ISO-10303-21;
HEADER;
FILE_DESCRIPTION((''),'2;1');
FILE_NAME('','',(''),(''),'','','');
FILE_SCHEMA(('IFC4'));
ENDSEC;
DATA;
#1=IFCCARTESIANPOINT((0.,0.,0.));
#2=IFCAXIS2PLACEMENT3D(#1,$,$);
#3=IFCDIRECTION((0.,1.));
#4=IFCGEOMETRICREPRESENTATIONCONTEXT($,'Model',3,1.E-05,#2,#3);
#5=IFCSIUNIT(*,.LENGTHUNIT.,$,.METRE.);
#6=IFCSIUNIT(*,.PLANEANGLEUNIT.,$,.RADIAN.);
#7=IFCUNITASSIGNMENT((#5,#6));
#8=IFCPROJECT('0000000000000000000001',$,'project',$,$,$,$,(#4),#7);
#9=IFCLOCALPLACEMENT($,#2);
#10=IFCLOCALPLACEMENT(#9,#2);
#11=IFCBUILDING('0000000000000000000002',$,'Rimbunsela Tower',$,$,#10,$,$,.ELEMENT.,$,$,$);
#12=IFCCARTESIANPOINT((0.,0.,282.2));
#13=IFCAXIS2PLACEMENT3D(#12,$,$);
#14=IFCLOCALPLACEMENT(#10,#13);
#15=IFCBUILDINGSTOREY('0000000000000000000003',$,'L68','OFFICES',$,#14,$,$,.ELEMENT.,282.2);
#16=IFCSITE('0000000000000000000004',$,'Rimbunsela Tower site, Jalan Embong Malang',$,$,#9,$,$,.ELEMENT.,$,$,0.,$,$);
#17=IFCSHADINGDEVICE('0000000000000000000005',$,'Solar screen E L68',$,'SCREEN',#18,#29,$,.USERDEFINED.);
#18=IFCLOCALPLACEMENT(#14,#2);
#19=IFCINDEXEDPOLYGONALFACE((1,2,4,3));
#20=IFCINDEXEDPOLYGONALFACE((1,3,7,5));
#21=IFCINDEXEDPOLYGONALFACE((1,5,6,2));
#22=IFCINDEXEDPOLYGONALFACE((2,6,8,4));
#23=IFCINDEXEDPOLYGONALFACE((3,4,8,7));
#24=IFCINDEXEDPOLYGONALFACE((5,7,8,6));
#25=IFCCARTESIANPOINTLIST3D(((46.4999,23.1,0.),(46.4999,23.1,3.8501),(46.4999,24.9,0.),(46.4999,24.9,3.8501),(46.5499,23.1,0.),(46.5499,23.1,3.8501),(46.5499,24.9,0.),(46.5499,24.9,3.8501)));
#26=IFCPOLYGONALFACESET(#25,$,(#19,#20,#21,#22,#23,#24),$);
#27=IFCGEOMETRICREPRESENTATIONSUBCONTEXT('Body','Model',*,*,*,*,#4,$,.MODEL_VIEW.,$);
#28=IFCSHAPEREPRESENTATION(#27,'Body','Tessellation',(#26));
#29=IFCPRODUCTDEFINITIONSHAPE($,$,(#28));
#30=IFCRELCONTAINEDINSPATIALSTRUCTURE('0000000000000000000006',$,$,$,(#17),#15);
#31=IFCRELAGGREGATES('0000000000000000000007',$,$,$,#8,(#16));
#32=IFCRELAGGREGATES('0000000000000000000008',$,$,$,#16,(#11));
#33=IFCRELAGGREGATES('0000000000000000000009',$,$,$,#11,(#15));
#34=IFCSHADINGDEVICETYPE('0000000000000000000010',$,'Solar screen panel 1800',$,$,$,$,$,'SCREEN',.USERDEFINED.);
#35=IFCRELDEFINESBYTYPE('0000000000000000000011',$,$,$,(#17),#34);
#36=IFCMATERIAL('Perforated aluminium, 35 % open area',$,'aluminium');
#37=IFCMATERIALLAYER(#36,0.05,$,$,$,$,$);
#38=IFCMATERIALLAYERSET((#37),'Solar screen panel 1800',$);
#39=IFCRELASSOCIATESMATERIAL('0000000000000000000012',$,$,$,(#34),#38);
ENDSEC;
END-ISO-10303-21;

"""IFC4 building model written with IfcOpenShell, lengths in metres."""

from ifc_helpers import new_model, si_unit, direction, frame, origin, origin_2d, place, context, subcontext, project, spatial, rectangle, extrude, material, layer, layer_set, type_object, element, save


model = new_model("IFC4")

# Units and contexts
model_context = context("Model", 3, precision=1e-05, world=origin(), true_north=direction((0.0, 1.0)))
body_context = subcontext(model_context, "Body", "Model", "MODEL_VIEW")
ifc_project = project(units=[si_unit("LENGTHUNIT", "METRE"), si_unit("PLANEANGLEUNIT", "RADIAN")], contexts=[model_context])

# Site, building, storey
site_placement = place(None, origin())
site = spatial("IfcSite", under=ifc_project, at=site_placement, Name="Rimbunsela Tower site, Jalan Embong Malang", CompositionType="ELEMENT", RefElevation=0.0)
building_placement = place(site_placement, origin())
building = spatial("IfcBuilding", under=site, at=building_placement, Name="Rimbunsela Tower", CompositionType="ELEMENT")
storey_placement = place(building_placement, frame((0.0, 0.0, 282.2)))
storey = spatial("IfcBuildingStorey", under=building, at=storey_placement, Name="L68", Description="OFFICES", CompositionType="ELEMENT", Elevation=282.2)

# Shading device
ifc_material_1 = material(Name="Perforated aluminium, 35 % open area", Category="aluminium")
ifc_layer_1 = layer(ifc_material_1, 0.05)
ifc_layer_set_1 = layer_set([ifc_layer_1], Name="Solar screen panel 1800")
shading_device_type = type_object("IfcShadingDeviceType", Name="Solar screen panel 1800", ElementType="SCREEN", PredefinedType="USERDEFINED", material=ifc_layer_set_1)
for number, where, z_axis, x_axis, name in (
    (1, (46.5249, 24.0, 0.0), (0.0, 0.0, 1.0), (0.0, 1.0, 0.0), "Solar screen E L68"),
):
    element("IfcShadingDevice", number, at=place(storey_placement, frame(where, z_axis=z_axis, x_axis=x_axis)), inside=storey, type_object=shading_device_type, Name=name, ObjectType="SCREEN", PredefinedType="USERDEFINED", context=body_context, shape_type="SweptSolid", body=[
        extrude(rectangle(XDim=1.8, YDim=0.05, at=origin_2d()), origin(), (0.0, 0.0, 1.0), 3.8501),
    ])

save(model, "model.ifc")
